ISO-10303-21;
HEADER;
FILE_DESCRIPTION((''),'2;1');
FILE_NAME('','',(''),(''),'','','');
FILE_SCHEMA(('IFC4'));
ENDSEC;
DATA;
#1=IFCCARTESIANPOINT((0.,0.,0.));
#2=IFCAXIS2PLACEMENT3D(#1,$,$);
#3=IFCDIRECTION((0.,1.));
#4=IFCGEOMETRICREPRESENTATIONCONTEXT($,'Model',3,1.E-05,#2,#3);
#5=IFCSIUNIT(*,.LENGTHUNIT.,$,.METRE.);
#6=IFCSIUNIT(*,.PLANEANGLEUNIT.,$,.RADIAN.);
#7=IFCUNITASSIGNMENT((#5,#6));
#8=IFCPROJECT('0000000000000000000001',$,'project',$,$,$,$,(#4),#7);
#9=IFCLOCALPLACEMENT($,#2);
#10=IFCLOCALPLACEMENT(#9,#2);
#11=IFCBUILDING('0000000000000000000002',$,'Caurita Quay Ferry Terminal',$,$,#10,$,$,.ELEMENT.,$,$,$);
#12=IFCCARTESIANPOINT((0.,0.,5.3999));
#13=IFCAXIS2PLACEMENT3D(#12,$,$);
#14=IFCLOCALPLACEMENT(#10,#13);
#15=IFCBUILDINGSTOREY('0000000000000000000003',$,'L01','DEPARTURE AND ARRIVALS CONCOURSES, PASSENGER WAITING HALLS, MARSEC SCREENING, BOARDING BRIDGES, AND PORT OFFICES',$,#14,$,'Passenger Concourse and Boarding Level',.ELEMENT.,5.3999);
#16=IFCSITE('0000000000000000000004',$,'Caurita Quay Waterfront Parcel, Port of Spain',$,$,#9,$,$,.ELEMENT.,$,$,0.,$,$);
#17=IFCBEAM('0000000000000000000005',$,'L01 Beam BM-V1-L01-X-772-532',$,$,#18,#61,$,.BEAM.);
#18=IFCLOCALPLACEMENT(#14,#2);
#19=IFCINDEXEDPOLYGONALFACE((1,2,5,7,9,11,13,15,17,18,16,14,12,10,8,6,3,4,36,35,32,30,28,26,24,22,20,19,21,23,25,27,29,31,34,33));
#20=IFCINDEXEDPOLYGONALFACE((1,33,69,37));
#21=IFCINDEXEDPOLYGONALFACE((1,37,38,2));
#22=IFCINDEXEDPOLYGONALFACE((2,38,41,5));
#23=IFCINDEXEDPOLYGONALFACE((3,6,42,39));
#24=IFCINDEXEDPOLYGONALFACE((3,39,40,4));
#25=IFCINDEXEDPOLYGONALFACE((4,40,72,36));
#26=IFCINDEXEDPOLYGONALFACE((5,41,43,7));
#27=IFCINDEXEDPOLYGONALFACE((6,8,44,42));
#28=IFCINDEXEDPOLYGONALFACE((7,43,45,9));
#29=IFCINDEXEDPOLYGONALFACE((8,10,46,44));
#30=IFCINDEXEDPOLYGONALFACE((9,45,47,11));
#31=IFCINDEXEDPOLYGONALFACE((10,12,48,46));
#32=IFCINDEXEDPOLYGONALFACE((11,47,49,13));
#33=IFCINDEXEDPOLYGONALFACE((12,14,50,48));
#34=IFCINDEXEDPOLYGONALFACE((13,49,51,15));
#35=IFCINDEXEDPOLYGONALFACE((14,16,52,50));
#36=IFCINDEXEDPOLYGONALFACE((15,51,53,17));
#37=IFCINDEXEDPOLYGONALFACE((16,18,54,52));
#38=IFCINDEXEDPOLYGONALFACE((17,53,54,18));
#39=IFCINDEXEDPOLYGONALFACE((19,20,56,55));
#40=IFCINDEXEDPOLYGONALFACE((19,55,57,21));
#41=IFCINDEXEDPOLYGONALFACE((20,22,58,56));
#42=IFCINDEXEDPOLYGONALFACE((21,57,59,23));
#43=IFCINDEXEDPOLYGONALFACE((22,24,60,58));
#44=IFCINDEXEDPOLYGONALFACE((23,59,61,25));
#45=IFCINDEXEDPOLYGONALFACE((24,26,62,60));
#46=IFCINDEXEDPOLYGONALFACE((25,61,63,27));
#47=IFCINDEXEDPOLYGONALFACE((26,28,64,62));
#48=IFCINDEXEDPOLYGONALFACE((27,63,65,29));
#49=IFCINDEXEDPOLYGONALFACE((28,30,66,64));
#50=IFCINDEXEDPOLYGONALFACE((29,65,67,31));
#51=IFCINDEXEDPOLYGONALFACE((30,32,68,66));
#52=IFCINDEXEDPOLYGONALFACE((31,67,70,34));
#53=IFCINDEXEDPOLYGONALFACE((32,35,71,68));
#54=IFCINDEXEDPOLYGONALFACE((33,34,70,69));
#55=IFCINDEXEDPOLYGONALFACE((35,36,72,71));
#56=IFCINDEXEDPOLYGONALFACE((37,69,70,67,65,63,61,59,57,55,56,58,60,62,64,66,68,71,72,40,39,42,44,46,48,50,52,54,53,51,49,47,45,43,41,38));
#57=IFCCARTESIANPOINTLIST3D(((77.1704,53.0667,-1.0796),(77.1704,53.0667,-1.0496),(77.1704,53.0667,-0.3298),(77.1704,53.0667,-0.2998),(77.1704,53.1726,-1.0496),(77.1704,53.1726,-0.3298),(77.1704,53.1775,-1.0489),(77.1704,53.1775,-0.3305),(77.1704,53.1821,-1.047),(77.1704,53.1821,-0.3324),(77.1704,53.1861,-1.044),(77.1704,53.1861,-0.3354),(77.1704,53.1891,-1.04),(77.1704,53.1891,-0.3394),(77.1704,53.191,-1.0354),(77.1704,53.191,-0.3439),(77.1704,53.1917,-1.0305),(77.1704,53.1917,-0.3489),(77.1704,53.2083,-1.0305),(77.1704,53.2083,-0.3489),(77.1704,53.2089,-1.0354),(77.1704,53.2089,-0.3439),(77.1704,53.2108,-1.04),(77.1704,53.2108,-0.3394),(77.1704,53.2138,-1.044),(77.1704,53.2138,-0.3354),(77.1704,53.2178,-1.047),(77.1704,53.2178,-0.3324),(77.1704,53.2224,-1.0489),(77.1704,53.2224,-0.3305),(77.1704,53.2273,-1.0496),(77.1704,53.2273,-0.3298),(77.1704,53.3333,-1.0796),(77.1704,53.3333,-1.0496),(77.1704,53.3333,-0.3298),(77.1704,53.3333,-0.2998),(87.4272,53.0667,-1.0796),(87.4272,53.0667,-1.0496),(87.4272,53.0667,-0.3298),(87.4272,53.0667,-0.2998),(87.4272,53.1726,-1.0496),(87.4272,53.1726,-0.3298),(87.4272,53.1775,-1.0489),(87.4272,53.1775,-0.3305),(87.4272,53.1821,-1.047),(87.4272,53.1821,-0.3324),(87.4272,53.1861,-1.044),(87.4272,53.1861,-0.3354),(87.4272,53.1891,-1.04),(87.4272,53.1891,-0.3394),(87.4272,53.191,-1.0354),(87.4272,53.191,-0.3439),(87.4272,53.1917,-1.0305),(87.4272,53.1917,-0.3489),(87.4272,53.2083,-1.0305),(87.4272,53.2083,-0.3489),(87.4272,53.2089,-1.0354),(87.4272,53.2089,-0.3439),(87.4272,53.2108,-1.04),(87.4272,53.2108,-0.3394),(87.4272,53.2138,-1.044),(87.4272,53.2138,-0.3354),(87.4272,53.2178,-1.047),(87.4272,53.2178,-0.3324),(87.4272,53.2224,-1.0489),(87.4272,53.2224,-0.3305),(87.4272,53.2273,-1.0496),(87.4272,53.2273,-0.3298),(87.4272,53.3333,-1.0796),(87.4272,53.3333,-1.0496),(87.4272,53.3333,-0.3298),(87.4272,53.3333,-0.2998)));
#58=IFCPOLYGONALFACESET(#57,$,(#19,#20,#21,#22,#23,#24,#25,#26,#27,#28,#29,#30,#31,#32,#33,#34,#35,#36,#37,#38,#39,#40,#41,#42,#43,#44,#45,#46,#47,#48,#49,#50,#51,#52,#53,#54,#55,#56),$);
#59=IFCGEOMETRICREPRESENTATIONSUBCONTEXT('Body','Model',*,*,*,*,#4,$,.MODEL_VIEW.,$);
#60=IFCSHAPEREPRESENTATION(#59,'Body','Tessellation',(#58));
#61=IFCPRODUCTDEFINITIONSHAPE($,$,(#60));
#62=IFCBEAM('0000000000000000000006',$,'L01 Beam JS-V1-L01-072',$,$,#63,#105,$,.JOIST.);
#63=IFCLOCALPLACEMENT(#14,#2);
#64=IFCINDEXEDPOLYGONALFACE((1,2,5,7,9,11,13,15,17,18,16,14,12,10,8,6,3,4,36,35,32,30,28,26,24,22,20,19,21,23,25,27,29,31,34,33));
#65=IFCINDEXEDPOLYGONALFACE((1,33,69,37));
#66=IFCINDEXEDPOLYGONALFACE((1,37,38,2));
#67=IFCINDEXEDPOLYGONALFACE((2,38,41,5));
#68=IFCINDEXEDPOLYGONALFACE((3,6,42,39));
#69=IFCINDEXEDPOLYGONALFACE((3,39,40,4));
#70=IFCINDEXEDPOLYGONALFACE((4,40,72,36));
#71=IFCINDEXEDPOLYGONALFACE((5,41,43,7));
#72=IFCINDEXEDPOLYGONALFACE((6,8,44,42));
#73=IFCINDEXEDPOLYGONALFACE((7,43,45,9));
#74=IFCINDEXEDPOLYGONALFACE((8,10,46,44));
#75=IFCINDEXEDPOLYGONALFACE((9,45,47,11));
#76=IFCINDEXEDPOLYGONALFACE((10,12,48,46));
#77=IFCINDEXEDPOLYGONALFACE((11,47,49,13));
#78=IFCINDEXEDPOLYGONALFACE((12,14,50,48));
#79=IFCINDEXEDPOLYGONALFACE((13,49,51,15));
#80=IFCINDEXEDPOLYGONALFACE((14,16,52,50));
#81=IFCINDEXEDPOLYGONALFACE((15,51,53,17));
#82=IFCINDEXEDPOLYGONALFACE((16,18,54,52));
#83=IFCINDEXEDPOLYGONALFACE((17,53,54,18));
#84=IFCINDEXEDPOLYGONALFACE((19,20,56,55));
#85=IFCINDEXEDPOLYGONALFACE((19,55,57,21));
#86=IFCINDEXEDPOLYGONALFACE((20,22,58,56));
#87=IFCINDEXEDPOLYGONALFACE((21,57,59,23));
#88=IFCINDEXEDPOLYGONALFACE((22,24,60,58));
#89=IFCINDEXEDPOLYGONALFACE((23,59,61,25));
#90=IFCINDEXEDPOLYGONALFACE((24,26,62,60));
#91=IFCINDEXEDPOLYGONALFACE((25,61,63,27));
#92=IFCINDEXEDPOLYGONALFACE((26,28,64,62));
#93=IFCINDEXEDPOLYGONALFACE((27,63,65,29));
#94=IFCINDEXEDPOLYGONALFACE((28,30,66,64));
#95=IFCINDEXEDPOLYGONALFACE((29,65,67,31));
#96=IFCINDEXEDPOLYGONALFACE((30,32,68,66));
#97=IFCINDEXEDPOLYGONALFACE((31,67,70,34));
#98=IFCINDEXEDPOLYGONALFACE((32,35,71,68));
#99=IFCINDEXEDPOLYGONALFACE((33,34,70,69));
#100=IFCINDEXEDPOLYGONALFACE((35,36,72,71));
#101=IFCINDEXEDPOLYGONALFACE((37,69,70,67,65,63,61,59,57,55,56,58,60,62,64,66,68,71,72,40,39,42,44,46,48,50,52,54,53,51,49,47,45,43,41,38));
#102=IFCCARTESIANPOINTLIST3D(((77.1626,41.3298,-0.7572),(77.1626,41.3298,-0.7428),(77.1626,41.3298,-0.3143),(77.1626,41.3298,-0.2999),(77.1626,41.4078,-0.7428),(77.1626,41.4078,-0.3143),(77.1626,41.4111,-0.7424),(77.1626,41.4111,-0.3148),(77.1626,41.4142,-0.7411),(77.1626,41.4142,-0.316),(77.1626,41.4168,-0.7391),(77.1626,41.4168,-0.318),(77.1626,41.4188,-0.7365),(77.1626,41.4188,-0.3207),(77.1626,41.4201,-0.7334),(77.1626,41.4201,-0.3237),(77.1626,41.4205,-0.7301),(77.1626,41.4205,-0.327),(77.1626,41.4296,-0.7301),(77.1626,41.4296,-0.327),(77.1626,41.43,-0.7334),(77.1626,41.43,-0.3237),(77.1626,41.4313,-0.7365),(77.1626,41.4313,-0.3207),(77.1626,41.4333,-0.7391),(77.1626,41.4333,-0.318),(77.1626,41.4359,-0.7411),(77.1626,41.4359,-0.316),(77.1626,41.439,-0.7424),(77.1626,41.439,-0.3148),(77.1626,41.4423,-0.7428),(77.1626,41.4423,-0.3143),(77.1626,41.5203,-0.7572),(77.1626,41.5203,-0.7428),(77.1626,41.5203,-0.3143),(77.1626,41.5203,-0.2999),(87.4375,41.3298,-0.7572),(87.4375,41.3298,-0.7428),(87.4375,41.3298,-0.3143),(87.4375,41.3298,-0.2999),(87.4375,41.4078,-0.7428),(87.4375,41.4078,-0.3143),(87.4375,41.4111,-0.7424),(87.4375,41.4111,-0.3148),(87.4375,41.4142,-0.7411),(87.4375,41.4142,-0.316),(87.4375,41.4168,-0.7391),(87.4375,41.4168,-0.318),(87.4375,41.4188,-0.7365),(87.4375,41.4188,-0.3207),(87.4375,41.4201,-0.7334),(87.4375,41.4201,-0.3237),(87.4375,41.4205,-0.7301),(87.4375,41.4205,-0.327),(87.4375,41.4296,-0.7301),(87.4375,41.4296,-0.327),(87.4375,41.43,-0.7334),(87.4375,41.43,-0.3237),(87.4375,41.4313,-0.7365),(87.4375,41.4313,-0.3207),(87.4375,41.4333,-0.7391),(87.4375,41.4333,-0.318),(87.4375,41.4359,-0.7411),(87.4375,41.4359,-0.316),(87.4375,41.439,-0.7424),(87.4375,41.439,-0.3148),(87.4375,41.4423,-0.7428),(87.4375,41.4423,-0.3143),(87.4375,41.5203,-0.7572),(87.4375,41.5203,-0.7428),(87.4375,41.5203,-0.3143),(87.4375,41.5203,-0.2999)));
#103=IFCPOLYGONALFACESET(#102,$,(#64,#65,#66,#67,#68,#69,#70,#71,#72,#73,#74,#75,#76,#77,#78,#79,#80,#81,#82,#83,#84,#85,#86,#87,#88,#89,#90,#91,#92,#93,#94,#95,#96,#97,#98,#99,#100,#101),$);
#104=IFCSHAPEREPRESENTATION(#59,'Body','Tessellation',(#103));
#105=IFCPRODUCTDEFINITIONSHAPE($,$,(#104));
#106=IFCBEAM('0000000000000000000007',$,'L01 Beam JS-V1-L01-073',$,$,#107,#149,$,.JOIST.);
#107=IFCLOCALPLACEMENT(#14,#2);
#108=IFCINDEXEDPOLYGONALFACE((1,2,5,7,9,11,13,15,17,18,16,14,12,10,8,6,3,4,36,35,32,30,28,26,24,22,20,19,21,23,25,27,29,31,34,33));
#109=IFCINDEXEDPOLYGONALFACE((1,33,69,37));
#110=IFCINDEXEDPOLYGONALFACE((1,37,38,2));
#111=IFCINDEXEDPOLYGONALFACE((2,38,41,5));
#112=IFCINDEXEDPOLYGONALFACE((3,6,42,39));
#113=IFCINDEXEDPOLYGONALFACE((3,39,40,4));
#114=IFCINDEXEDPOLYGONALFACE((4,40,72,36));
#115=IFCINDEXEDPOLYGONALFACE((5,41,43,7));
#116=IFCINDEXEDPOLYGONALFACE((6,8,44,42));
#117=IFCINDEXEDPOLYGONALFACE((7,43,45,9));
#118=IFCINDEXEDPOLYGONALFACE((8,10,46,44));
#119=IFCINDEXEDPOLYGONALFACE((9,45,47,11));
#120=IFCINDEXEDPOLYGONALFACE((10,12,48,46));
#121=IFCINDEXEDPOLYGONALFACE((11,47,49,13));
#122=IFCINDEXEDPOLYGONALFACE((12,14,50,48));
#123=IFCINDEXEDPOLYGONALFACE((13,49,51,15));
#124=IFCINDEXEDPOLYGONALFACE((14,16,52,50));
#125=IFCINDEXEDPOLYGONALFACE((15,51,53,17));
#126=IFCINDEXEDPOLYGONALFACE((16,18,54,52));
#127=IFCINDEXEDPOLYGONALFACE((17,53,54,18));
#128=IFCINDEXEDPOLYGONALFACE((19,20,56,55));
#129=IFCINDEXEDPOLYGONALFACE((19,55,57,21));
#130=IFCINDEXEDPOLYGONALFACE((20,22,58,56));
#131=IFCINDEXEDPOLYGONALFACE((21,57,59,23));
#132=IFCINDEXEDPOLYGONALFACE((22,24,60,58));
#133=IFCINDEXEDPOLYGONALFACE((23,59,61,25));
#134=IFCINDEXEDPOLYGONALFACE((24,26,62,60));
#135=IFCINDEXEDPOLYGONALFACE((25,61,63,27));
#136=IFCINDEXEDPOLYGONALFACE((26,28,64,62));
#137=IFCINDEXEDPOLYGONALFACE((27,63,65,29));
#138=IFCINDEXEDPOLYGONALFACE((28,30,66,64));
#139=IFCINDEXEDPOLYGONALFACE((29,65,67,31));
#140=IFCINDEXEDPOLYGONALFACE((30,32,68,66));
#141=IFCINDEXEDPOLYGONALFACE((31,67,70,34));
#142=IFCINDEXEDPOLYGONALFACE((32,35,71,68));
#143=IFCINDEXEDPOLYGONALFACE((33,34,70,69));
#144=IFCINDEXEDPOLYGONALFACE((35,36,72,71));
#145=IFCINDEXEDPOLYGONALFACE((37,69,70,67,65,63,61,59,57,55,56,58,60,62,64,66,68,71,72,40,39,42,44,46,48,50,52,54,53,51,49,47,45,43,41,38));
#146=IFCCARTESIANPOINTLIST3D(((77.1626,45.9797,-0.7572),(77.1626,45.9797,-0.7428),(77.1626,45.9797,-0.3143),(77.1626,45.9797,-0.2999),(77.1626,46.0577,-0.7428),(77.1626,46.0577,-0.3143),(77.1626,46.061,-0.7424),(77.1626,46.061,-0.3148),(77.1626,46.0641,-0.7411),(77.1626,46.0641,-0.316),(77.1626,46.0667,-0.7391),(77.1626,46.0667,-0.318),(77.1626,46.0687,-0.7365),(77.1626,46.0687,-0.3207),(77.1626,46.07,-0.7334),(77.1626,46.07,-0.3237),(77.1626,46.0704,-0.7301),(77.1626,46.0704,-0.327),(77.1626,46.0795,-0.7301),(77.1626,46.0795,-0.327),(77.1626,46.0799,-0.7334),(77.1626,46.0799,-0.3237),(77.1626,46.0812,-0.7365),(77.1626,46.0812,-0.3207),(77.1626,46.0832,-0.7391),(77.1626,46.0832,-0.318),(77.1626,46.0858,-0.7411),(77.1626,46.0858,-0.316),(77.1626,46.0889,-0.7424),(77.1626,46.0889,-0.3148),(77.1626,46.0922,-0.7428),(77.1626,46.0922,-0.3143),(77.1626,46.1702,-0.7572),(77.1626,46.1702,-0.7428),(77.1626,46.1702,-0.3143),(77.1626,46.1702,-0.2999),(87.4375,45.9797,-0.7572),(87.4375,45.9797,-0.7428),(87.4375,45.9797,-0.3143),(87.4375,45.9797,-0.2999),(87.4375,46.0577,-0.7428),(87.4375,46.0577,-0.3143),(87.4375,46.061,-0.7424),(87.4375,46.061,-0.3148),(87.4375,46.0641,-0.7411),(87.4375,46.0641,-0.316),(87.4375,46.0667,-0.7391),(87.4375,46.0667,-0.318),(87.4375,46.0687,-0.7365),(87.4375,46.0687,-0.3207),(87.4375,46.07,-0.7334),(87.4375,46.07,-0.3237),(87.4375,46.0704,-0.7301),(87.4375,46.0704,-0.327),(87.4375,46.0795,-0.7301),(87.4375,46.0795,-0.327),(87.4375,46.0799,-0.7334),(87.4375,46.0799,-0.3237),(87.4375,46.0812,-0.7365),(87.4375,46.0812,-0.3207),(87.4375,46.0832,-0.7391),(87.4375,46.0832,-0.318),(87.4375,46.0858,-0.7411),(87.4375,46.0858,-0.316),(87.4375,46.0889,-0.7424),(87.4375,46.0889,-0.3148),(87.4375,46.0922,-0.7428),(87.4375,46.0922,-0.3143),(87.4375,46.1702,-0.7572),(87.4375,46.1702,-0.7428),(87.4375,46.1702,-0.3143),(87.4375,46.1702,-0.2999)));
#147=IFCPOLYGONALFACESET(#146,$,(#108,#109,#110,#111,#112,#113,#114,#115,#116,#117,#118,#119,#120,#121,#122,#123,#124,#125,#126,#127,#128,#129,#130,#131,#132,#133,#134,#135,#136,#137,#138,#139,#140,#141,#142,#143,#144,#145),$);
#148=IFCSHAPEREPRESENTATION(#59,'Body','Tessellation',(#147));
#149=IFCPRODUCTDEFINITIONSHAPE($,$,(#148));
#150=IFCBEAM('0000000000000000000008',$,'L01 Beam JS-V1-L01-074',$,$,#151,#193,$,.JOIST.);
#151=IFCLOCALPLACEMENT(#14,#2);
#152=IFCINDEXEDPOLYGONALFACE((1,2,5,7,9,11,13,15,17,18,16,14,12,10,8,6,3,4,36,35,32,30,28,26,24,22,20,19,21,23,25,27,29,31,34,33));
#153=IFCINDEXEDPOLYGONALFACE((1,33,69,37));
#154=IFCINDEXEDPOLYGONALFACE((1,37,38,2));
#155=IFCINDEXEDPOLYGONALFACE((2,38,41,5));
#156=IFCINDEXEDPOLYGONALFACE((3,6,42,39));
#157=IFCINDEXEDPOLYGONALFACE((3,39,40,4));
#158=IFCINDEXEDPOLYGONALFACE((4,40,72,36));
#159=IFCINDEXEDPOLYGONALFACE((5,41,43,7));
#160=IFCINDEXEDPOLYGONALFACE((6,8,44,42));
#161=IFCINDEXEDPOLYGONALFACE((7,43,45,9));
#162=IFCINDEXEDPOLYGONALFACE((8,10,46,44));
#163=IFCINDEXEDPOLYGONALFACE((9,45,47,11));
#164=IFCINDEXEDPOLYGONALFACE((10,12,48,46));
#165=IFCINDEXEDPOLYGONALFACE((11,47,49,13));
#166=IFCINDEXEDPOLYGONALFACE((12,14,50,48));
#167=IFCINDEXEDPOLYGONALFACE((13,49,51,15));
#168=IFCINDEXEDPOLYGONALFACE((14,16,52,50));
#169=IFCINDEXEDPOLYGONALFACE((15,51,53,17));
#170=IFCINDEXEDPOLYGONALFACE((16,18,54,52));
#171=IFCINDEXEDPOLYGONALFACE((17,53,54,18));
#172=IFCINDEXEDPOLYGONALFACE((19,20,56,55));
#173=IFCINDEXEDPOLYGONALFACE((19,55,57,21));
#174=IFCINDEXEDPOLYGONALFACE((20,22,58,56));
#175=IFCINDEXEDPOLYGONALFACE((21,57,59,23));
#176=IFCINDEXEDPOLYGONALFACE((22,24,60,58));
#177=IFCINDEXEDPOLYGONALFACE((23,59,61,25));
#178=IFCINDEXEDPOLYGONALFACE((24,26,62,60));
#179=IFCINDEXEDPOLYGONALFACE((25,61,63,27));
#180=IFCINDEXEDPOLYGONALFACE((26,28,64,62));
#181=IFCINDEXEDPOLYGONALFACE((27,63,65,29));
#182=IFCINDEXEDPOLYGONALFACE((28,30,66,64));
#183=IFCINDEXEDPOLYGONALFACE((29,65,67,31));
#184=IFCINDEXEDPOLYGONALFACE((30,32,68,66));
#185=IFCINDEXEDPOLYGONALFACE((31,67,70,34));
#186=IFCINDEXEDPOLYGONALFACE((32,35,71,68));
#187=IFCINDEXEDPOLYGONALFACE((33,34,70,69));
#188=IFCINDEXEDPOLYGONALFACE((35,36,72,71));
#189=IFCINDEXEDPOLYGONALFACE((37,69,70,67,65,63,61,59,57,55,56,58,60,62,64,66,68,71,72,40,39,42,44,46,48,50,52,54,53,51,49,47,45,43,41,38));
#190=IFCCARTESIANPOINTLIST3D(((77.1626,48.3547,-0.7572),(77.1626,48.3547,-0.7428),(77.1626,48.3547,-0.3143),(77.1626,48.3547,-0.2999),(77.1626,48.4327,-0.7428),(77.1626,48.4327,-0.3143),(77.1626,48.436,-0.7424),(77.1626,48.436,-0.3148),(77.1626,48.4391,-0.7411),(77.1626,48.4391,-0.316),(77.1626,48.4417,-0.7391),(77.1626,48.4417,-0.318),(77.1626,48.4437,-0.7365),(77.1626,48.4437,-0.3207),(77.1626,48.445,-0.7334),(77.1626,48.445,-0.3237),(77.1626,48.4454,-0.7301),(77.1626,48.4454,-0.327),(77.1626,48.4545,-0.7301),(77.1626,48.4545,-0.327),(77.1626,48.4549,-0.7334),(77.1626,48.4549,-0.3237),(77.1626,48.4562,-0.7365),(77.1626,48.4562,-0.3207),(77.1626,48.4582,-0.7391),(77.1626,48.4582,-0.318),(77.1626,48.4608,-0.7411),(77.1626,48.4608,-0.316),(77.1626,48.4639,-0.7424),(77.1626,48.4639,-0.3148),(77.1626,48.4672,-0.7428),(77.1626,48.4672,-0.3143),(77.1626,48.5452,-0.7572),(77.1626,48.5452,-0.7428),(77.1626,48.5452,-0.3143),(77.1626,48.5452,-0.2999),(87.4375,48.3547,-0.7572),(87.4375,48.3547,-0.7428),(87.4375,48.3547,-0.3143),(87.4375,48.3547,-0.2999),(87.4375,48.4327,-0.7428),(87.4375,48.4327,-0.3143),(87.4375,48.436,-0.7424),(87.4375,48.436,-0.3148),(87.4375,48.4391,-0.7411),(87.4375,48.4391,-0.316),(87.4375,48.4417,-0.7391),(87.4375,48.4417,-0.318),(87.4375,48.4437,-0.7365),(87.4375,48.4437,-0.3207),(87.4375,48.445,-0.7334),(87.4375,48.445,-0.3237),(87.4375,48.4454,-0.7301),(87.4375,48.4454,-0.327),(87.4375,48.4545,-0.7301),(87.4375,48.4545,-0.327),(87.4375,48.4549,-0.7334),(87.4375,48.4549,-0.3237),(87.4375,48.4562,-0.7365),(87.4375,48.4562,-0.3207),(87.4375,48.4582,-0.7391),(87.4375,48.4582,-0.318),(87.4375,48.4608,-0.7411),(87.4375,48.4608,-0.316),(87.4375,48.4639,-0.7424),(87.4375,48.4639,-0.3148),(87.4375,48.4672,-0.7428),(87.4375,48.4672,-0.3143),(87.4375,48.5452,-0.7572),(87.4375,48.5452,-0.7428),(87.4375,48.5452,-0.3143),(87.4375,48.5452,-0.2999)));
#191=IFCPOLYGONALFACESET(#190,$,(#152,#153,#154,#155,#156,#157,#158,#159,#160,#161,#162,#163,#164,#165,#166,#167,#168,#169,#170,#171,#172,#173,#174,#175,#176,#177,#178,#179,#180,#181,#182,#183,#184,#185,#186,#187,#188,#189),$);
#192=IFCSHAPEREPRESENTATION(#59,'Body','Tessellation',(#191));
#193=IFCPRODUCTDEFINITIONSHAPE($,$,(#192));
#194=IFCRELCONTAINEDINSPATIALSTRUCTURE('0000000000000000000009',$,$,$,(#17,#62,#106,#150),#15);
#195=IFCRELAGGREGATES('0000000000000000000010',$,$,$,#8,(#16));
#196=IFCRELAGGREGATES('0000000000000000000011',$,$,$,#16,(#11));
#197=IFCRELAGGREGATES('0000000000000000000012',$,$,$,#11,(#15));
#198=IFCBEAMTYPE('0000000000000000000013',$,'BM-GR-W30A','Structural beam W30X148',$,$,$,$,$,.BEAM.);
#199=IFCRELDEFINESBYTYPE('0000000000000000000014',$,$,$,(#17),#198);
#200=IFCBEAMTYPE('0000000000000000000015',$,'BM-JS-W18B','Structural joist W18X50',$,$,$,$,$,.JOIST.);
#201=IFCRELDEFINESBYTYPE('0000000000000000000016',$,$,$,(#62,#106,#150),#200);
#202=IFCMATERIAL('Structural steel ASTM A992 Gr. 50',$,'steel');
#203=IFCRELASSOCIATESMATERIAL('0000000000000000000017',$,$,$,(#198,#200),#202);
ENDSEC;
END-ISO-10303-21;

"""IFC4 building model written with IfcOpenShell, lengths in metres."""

from ifc_helpers import new_model, si_unit, direction, frame, origin, origin_2d, place, context, subcontext, project, spatial, i_section, extrude, material, material_profile, profile_set, type_object, element, save


model = new_model("IFC4")

# Units and contexts
model_context = context("Model", 3, precision=1e-05, world=origin(), true_north=direction((0.0, 1.0)))
body_context = subcontext(model_context, "Body", "Model", "MODEL_VIEW")
ifc_project = project(units=[si_unit("LENGTHUNIT", "METRE"), si_unit("PLANEANGLEUNIT", "RADIAN")], contexts=[model_context])

# Site, building, storey
site_placement = place(None, origin())
site = spatial("IfcSite", under=ifc_project, at=site_placement, Name="Caurita Quay Waterfront Parcel, Port of Spain", CompositionType="ELEMENT", RefElevation=0.0)
building_placement = place(site_placement, origin())
building = spatial("IfcBuilding", under=site, at=building_placement, Name="Caurita Quay Ferry Terminal", CompositionType="ELEMENT")
storey_placement = place(building_placement, frame((0.0, 0.0, 5.3999)))
storey = spatial("IfcBuildingStorey", under=building, at=storey_placement, Name="L01", Description="DEPARTURE AND ARRIVALS CONCOURSES, PASSENGER WAITING HALLS, MARSEC SCREENING, BOARDING BRIDGES, AND PORT OFFICES", LongName="Passenger Concourse and Boarding Level", CompositionType="ELEMENT", Elevation=5.3999)

# Shared definitions
ifc_material_1 = material(Name="Structural steel ASTM A992 Gr. 50", Category="steel")

# Beams
ifc_material_profile_1 = material_profile(ifc_material_1, i_section(OverallWidth=0.2666, OverallDepth=0.7798, WebThickness=0.0166, FlangeThickness=0.03, FilletRadius=0.019, at=origin_2d()), Name="W30X148")
ifc_profile_set_1 = profile_set([ifc_material_profile_1], Name="Structural steel ASTM A992 Gr. 50")
beam_type_1 = type_object("IfcBeamType", Name="BM-GR-W30A", Description="Structural beam W30X148", PredefinedType="BEAM", material=ifc_profile_set_1)
for number, where, z_axis, x_axis, name in (
    (1, (77.1704, 53.2, -0.6897), (1.0, 0.0, 0.0), (0.0, 1.0, 0.0), "L01 Beam BM-V1-L01-X-772-532"),
):
    element("IfcBeam", number, at=place(storey_placement, frame(where, z_axis=z_axis, x_axis=x_axis)), inside=storey, type_object=beam_type_1, Name=name, PredefinedType="BEAM", context=body_context, shape_type="SweptSolid", body=[
        extrude(i_section(OverallWidth=0.2666, OverallDepth=0.7798, WebThickness=0.0166, FlangeThickness=0.03, FilletRadius=0.019, at=origin_2d()), origin(), (0.0, 0.0, 1.0), 10.2568),
    ])
ifc_material_profile_2 = material_profile(ifc_material_1, i_section(OverallWidth=0.1904, OverallDepth=0.4573, WebThickness=0.009, FlangeThickness=0.0144, FilletRadius=0.0127, at=origin_2d()), Name="W18X50")
ifc_profile_set_2 = profile_set([ifc_material_profile_2], Name="Structural steel ASTM A992 Gr. 50")
beam_type_2 = type_object("IfcBeamType", Name="BM-JS-W18B", Description="Structural joist W18X50", PredefinedType="JOIST", material=ifc_profile_set_2)
for number, where, z_axis, x_axis, name in (
    (2, (77.1626, 41.425, -0.5286), (1.0, 0.0, 0.0), (0.0, 1.0, 0.0), "L01 Beam JS-V1-L01-072"),
    (3, (77.1626, 46.075, -0.5286), (1.0, 0.0, 0.0), (0.0, 1.0, 0.0), "L01 Beam JS-V1-L01-073"),
    (4, (77.1626, 48.45, -0.5286), (1.0, 0.0, 0.0), (0.0, 1.0, 0.0), "L01 Beam JS-V1-L01-074"),
):
    element("IfcBeam", number, at=place(storey_placement, frame(where, z_axis=z_axis, x_axis=x_axis)), inside=storey, type_object=beam_type_2, Name=name, PredefinedType="JOIST", context=body_context, shape_type="SweptSolid", body=[
        extrude(i_section(OverallWidth=0.1904, OverallDepth=0.4573, WebThickness=0.009, FlangeThickness=0.0144, FilletRadius=0.0127, at=origin_2d()), origin(), (0.0, 0.0, 1.0), 10.2749),
    ])

save(model, "model.ifc")
